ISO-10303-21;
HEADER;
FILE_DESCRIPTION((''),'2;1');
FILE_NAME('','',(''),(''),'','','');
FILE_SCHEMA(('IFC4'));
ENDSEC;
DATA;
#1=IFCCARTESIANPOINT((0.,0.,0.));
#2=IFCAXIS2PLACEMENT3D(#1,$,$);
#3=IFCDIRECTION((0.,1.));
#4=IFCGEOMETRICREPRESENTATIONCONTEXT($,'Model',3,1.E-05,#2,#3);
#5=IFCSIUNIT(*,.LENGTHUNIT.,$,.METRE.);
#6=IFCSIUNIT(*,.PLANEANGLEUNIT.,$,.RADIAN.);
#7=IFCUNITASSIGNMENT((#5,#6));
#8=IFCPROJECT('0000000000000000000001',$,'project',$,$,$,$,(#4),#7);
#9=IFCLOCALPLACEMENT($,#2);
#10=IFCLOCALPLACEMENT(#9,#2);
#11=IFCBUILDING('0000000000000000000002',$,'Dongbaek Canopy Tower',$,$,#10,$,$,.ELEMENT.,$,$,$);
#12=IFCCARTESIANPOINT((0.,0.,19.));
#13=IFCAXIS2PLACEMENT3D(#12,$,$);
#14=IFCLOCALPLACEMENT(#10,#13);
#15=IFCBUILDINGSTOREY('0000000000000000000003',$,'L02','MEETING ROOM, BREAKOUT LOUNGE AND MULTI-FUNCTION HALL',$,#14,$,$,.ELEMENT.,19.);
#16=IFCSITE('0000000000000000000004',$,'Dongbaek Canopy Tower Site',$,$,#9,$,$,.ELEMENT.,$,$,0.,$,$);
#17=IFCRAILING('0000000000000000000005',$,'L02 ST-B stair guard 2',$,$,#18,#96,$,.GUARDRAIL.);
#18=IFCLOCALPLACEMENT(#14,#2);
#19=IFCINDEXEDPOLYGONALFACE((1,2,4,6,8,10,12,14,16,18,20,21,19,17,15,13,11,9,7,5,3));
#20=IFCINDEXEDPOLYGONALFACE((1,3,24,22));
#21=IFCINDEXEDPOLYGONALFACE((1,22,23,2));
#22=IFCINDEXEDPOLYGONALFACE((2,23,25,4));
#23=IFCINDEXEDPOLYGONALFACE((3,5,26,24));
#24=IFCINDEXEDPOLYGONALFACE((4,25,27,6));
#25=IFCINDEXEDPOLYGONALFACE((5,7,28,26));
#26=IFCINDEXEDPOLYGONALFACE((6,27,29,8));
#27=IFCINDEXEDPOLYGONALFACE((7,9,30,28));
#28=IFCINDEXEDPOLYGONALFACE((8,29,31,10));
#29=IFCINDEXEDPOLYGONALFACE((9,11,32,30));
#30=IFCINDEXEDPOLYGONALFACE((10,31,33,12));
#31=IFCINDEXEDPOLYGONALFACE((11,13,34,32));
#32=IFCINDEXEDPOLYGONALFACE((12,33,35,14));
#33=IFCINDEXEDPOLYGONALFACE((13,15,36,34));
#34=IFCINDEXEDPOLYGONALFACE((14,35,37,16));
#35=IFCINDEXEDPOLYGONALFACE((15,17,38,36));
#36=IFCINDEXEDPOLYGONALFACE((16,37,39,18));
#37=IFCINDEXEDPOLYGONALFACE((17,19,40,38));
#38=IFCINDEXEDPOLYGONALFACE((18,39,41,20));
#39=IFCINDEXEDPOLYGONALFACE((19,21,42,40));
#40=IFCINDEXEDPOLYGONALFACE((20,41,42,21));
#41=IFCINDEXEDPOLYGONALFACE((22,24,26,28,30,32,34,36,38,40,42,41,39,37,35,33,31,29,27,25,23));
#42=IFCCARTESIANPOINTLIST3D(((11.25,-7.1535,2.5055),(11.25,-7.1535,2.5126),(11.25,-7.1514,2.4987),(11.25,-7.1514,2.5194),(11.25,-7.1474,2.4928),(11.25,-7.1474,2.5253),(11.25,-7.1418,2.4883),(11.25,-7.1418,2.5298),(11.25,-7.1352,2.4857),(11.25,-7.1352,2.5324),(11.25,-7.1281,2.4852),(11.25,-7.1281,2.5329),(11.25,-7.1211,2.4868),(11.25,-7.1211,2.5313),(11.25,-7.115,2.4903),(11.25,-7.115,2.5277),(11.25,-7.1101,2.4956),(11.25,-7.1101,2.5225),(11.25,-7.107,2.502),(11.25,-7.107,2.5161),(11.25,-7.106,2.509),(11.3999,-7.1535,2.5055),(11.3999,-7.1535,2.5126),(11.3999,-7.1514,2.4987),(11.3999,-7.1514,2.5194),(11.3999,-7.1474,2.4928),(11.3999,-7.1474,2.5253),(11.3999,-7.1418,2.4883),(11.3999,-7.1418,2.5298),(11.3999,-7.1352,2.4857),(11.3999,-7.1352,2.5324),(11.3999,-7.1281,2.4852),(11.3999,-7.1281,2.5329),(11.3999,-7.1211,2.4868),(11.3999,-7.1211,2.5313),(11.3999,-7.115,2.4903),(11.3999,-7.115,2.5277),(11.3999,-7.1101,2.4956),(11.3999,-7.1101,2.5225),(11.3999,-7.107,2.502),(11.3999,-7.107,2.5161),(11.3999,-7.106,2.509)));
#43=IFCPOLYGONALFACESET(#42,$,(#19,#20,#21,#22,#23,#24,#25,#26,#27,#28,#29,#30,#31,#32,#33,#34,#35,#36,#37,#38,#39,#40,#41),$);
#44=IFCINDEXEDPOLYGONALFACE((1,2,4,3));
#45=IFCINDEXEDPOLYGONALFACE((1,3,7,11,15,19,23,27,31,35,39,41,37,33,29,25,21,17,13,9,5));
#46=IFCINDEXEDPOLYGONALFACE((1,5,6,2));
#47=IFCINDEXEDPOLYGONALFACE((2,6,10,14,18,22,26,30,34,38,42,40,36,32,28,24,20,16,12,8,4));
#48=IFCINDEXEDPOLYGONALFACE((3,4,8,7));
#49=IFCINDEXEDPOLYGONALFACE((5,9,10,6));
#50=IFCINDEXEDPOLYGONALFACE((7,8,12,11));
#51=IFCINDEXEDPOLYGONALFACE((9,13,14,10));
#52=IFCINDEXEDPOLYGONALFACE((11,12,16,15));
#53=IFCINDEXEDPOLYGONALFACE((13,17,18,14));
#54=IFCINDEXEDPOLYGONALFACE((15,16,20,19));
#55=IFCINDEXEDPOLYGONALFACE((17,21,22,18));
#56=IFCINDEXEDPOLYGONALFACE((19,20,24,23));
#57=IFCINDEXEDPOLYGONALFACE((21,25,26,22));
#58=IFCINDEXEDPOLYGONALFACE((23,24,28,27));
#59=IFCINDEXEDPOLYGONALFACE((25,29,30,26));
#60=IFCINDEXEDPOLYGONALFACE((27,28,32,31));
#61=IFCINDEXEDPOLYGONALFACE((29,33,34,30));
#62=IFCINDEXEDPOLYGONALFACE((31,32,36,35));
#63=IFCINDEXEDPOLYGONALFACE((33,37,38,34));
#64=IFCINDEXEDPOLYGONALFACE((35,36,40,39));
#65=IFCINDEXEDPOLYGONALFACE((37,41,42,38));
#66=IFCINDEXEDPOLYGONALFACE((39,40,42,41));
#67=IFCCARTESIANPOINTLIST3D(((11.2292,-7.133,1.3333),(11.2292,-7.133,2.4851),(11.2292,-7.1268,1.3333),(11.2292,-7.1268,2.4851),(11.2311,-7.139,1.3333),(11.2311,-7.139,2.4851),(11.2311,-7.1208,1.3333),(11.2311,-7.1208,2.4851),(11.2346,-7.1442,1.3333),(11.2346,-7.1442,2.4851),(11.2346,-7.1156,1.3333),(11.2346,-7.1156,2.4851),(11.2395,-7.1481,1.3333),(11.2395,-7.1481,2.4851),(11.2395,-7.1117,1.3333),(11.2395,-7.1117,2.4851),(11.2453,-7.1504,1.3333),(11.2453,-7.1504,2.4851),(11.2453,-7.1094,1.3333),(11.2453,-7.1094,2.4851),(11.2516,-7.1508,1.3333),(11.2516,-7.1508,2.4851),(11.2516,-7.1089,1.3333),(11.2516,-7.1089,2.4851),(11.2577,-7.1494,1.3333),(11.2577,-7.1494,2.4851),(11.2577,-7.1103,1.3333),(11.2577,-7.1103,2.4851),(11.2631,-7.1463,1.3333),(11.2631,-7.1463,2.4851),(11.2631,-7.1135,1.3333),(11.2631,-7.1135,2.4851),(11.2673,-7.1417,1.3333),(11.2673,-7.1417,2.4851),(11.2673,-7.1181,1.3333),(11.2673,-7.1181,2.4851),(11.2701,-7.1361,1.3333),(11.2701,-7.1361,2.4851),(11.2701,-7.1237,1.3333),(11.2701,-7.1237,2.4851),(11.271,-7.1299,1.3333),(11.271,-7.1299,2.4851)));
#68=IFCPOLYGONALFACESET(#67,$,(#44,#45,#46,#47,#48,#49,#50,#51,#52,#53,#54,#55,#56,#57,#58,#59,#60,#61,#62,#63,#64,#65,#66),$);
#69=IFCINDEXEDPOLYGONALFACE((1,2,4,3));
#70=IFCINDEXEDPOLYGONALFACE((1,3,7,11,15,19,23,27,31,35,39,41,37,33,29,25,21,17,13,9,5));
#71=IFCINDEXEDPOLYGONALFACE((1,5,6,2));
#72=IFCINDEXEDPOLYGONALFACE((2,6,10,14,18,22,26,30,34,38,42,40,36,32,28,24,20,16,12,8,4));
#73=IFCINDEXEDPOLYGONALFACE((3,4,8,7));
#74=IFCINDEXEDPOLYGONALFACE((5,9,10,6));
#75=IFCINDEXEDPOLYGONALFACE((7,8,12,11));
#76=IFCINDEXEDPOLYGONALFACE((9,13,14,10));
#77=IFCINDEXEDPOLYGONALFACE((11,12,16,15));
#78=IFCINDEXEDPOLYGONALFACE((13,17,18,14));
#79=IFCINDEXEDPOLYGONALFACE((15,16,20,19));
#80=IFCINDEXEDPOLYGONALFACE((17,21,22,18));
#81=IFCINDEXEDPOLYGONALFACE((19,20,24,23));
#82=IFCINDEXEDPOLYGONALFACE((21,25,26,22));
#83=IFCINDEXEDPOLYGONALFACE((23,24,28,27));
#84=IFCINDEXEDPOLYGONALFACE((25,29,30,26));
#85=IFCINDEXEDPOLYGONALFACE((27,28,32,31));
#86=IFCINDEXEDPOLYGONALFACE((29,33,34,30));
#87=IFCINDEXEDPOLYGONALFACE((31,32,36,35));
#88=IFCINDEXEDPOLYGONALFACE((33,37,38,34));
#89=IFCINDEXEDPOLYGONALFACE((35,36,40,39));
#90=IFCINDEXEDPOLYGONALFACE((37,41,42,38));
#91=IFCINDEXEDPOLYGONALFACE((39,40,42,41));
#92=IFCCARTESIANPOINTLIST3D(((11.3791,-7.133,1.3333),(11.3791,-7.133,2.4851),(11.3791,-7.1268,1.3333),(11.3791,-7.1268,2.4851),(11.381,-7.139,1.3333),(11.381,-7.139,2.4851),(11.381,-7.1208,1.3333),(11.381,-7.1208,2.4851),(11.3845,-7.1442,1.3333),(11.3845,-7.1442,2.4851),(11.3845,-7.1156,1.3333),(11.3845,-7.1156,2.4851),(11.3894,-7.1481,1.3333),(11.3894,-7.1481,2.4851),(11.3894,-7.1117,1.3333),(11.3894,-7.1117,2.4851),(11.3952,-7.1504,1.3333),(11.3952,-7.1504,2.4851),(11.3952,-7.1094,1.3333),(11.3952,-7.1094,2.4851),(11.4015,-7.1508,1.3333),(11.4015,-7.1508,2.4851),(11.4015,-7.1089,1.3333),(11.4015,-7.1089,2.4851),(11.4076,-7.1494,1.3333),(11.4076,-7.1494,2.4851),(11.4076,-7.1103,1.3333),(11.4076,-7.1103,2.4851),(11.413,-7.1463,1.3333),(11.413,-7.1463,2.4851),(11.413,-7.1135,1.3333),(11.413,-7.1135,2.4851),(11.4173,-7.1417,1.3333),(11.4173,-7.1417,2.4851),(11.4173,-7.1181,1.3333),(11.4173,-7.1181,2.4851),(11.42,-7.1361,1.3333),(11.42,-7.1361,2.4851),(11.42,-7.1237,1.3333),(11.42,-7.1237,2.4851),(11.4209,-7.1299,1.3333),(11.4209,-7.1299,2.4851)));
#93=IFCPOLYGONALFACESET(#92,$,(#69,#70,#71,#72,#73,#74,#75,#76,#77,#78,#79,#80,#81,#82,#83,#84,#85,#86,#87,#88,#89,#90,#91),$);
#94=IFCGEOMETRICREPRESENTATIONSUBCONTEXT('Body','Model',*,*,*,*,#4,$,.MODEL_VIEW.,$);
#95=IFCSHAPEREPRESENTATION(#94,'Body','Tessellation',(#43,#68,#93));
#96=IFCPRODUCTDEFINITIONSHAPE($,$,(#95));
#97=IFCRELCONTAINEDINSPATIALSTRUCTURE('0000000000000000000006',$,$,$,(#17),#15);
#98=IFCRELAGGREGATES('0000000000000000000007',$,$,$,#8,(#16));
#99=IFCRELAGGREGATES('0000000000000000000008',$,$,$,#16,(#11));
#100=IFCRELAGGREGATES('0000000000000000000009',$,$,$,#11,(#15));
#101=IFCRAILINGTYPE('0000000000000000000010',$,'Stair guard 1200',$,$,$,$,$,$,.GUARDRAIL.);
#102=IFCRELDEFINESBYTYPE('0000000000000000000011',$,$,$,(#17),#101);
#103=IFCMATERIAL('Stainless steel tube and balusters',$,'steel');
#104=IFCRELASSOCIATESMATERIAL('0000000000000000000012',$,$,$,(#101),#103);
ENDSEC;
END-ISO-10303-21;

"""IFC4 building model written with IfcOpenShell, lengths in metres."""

from ifc_helpers import new_model, si_unit, direction, frame, origin, origin_2d, place, context, subcontext, project, spatial, circle, extrude, material, type_object, element, save


model = new_model("IFC4")

# Units and contexts
model_context = context("Model", 3, precision=1e-05, world=origin(), true_north=direction((0.0, 1.0)))
body_context = subcontext(model_context, "Body", "Model", "MODEL_VIEW")
ifc_project = project(units=[si_unit("LENGTHUNIT", "METRE"), si_unit("PLANEANGLEUNIT", "RADIAN")], contexts=[model_context])

# Site, building, storey
site_placement = place(None, origin())
site = spatial("IfcSite", under=ifc_project, at=site_placement, Name="Dongbaek Canopy Tower Site", CompositionType="ELEMENT", RefElevation=0.0)
building_placement = place(site_placement, origin())
building = spatial("IfcBuilding", under=site, at=building_placement, Name="Dongbaek Canopy Tower", CompositionType="ELEMENT")
storey_placement = place(building_placement, frame((0.0, 0.0, 19.0)))
storey = spatial("IfcBuildingStorey", under=building, at=storey_placement, Name="L02", Description="MEETING ROOM, BREAKOUT LOUNGE AND MULTI-FUNCTION HALL", CompositionType="ELEMENT", Elevation=19.0)

# Railing
ifc_material_1 = material(Name="Stainless steel tube and balusters", Category="steel")
railing_type_1 = type_object("IfcRailingType", Name="Stair guard 1200", PredefinedType="GUARDRAIL", material=ifc_material_1)
railing_1_placement = place(storey_placement, frame((11.25, -7.1299, 1.3333)))
element("IfcRailing", 1, at=railing_1_placement, inside=storey, type_object=railing_type_1, Name="L02 ST-B stair guard 2", PredefinedType="GUARDRAIL", context=body_context, shape_type="SweptSolid", body=[
    extrude(circle(Radius=0.0239, at=origin_2d()), frame((0.0, 0.0, 1.1758), z_axis=(1.0, 0.0, 0.0), x_axis=(0.0, 1.0, 0.0)), (0.0, 0.0, 1.0), 0.1499),
    extrude(circle(Radius=0.021, at=origin_2d()), origin(), (0.0, 0.0, 1.0), 1.1519),
    extrude(circle(Radius=0.021, at=origin_2d()), frame((0.1499, 0.0, 0.0)), (0.0, 0.0, 1.0), 1.1519),
])

save(model, "model.ifc")
